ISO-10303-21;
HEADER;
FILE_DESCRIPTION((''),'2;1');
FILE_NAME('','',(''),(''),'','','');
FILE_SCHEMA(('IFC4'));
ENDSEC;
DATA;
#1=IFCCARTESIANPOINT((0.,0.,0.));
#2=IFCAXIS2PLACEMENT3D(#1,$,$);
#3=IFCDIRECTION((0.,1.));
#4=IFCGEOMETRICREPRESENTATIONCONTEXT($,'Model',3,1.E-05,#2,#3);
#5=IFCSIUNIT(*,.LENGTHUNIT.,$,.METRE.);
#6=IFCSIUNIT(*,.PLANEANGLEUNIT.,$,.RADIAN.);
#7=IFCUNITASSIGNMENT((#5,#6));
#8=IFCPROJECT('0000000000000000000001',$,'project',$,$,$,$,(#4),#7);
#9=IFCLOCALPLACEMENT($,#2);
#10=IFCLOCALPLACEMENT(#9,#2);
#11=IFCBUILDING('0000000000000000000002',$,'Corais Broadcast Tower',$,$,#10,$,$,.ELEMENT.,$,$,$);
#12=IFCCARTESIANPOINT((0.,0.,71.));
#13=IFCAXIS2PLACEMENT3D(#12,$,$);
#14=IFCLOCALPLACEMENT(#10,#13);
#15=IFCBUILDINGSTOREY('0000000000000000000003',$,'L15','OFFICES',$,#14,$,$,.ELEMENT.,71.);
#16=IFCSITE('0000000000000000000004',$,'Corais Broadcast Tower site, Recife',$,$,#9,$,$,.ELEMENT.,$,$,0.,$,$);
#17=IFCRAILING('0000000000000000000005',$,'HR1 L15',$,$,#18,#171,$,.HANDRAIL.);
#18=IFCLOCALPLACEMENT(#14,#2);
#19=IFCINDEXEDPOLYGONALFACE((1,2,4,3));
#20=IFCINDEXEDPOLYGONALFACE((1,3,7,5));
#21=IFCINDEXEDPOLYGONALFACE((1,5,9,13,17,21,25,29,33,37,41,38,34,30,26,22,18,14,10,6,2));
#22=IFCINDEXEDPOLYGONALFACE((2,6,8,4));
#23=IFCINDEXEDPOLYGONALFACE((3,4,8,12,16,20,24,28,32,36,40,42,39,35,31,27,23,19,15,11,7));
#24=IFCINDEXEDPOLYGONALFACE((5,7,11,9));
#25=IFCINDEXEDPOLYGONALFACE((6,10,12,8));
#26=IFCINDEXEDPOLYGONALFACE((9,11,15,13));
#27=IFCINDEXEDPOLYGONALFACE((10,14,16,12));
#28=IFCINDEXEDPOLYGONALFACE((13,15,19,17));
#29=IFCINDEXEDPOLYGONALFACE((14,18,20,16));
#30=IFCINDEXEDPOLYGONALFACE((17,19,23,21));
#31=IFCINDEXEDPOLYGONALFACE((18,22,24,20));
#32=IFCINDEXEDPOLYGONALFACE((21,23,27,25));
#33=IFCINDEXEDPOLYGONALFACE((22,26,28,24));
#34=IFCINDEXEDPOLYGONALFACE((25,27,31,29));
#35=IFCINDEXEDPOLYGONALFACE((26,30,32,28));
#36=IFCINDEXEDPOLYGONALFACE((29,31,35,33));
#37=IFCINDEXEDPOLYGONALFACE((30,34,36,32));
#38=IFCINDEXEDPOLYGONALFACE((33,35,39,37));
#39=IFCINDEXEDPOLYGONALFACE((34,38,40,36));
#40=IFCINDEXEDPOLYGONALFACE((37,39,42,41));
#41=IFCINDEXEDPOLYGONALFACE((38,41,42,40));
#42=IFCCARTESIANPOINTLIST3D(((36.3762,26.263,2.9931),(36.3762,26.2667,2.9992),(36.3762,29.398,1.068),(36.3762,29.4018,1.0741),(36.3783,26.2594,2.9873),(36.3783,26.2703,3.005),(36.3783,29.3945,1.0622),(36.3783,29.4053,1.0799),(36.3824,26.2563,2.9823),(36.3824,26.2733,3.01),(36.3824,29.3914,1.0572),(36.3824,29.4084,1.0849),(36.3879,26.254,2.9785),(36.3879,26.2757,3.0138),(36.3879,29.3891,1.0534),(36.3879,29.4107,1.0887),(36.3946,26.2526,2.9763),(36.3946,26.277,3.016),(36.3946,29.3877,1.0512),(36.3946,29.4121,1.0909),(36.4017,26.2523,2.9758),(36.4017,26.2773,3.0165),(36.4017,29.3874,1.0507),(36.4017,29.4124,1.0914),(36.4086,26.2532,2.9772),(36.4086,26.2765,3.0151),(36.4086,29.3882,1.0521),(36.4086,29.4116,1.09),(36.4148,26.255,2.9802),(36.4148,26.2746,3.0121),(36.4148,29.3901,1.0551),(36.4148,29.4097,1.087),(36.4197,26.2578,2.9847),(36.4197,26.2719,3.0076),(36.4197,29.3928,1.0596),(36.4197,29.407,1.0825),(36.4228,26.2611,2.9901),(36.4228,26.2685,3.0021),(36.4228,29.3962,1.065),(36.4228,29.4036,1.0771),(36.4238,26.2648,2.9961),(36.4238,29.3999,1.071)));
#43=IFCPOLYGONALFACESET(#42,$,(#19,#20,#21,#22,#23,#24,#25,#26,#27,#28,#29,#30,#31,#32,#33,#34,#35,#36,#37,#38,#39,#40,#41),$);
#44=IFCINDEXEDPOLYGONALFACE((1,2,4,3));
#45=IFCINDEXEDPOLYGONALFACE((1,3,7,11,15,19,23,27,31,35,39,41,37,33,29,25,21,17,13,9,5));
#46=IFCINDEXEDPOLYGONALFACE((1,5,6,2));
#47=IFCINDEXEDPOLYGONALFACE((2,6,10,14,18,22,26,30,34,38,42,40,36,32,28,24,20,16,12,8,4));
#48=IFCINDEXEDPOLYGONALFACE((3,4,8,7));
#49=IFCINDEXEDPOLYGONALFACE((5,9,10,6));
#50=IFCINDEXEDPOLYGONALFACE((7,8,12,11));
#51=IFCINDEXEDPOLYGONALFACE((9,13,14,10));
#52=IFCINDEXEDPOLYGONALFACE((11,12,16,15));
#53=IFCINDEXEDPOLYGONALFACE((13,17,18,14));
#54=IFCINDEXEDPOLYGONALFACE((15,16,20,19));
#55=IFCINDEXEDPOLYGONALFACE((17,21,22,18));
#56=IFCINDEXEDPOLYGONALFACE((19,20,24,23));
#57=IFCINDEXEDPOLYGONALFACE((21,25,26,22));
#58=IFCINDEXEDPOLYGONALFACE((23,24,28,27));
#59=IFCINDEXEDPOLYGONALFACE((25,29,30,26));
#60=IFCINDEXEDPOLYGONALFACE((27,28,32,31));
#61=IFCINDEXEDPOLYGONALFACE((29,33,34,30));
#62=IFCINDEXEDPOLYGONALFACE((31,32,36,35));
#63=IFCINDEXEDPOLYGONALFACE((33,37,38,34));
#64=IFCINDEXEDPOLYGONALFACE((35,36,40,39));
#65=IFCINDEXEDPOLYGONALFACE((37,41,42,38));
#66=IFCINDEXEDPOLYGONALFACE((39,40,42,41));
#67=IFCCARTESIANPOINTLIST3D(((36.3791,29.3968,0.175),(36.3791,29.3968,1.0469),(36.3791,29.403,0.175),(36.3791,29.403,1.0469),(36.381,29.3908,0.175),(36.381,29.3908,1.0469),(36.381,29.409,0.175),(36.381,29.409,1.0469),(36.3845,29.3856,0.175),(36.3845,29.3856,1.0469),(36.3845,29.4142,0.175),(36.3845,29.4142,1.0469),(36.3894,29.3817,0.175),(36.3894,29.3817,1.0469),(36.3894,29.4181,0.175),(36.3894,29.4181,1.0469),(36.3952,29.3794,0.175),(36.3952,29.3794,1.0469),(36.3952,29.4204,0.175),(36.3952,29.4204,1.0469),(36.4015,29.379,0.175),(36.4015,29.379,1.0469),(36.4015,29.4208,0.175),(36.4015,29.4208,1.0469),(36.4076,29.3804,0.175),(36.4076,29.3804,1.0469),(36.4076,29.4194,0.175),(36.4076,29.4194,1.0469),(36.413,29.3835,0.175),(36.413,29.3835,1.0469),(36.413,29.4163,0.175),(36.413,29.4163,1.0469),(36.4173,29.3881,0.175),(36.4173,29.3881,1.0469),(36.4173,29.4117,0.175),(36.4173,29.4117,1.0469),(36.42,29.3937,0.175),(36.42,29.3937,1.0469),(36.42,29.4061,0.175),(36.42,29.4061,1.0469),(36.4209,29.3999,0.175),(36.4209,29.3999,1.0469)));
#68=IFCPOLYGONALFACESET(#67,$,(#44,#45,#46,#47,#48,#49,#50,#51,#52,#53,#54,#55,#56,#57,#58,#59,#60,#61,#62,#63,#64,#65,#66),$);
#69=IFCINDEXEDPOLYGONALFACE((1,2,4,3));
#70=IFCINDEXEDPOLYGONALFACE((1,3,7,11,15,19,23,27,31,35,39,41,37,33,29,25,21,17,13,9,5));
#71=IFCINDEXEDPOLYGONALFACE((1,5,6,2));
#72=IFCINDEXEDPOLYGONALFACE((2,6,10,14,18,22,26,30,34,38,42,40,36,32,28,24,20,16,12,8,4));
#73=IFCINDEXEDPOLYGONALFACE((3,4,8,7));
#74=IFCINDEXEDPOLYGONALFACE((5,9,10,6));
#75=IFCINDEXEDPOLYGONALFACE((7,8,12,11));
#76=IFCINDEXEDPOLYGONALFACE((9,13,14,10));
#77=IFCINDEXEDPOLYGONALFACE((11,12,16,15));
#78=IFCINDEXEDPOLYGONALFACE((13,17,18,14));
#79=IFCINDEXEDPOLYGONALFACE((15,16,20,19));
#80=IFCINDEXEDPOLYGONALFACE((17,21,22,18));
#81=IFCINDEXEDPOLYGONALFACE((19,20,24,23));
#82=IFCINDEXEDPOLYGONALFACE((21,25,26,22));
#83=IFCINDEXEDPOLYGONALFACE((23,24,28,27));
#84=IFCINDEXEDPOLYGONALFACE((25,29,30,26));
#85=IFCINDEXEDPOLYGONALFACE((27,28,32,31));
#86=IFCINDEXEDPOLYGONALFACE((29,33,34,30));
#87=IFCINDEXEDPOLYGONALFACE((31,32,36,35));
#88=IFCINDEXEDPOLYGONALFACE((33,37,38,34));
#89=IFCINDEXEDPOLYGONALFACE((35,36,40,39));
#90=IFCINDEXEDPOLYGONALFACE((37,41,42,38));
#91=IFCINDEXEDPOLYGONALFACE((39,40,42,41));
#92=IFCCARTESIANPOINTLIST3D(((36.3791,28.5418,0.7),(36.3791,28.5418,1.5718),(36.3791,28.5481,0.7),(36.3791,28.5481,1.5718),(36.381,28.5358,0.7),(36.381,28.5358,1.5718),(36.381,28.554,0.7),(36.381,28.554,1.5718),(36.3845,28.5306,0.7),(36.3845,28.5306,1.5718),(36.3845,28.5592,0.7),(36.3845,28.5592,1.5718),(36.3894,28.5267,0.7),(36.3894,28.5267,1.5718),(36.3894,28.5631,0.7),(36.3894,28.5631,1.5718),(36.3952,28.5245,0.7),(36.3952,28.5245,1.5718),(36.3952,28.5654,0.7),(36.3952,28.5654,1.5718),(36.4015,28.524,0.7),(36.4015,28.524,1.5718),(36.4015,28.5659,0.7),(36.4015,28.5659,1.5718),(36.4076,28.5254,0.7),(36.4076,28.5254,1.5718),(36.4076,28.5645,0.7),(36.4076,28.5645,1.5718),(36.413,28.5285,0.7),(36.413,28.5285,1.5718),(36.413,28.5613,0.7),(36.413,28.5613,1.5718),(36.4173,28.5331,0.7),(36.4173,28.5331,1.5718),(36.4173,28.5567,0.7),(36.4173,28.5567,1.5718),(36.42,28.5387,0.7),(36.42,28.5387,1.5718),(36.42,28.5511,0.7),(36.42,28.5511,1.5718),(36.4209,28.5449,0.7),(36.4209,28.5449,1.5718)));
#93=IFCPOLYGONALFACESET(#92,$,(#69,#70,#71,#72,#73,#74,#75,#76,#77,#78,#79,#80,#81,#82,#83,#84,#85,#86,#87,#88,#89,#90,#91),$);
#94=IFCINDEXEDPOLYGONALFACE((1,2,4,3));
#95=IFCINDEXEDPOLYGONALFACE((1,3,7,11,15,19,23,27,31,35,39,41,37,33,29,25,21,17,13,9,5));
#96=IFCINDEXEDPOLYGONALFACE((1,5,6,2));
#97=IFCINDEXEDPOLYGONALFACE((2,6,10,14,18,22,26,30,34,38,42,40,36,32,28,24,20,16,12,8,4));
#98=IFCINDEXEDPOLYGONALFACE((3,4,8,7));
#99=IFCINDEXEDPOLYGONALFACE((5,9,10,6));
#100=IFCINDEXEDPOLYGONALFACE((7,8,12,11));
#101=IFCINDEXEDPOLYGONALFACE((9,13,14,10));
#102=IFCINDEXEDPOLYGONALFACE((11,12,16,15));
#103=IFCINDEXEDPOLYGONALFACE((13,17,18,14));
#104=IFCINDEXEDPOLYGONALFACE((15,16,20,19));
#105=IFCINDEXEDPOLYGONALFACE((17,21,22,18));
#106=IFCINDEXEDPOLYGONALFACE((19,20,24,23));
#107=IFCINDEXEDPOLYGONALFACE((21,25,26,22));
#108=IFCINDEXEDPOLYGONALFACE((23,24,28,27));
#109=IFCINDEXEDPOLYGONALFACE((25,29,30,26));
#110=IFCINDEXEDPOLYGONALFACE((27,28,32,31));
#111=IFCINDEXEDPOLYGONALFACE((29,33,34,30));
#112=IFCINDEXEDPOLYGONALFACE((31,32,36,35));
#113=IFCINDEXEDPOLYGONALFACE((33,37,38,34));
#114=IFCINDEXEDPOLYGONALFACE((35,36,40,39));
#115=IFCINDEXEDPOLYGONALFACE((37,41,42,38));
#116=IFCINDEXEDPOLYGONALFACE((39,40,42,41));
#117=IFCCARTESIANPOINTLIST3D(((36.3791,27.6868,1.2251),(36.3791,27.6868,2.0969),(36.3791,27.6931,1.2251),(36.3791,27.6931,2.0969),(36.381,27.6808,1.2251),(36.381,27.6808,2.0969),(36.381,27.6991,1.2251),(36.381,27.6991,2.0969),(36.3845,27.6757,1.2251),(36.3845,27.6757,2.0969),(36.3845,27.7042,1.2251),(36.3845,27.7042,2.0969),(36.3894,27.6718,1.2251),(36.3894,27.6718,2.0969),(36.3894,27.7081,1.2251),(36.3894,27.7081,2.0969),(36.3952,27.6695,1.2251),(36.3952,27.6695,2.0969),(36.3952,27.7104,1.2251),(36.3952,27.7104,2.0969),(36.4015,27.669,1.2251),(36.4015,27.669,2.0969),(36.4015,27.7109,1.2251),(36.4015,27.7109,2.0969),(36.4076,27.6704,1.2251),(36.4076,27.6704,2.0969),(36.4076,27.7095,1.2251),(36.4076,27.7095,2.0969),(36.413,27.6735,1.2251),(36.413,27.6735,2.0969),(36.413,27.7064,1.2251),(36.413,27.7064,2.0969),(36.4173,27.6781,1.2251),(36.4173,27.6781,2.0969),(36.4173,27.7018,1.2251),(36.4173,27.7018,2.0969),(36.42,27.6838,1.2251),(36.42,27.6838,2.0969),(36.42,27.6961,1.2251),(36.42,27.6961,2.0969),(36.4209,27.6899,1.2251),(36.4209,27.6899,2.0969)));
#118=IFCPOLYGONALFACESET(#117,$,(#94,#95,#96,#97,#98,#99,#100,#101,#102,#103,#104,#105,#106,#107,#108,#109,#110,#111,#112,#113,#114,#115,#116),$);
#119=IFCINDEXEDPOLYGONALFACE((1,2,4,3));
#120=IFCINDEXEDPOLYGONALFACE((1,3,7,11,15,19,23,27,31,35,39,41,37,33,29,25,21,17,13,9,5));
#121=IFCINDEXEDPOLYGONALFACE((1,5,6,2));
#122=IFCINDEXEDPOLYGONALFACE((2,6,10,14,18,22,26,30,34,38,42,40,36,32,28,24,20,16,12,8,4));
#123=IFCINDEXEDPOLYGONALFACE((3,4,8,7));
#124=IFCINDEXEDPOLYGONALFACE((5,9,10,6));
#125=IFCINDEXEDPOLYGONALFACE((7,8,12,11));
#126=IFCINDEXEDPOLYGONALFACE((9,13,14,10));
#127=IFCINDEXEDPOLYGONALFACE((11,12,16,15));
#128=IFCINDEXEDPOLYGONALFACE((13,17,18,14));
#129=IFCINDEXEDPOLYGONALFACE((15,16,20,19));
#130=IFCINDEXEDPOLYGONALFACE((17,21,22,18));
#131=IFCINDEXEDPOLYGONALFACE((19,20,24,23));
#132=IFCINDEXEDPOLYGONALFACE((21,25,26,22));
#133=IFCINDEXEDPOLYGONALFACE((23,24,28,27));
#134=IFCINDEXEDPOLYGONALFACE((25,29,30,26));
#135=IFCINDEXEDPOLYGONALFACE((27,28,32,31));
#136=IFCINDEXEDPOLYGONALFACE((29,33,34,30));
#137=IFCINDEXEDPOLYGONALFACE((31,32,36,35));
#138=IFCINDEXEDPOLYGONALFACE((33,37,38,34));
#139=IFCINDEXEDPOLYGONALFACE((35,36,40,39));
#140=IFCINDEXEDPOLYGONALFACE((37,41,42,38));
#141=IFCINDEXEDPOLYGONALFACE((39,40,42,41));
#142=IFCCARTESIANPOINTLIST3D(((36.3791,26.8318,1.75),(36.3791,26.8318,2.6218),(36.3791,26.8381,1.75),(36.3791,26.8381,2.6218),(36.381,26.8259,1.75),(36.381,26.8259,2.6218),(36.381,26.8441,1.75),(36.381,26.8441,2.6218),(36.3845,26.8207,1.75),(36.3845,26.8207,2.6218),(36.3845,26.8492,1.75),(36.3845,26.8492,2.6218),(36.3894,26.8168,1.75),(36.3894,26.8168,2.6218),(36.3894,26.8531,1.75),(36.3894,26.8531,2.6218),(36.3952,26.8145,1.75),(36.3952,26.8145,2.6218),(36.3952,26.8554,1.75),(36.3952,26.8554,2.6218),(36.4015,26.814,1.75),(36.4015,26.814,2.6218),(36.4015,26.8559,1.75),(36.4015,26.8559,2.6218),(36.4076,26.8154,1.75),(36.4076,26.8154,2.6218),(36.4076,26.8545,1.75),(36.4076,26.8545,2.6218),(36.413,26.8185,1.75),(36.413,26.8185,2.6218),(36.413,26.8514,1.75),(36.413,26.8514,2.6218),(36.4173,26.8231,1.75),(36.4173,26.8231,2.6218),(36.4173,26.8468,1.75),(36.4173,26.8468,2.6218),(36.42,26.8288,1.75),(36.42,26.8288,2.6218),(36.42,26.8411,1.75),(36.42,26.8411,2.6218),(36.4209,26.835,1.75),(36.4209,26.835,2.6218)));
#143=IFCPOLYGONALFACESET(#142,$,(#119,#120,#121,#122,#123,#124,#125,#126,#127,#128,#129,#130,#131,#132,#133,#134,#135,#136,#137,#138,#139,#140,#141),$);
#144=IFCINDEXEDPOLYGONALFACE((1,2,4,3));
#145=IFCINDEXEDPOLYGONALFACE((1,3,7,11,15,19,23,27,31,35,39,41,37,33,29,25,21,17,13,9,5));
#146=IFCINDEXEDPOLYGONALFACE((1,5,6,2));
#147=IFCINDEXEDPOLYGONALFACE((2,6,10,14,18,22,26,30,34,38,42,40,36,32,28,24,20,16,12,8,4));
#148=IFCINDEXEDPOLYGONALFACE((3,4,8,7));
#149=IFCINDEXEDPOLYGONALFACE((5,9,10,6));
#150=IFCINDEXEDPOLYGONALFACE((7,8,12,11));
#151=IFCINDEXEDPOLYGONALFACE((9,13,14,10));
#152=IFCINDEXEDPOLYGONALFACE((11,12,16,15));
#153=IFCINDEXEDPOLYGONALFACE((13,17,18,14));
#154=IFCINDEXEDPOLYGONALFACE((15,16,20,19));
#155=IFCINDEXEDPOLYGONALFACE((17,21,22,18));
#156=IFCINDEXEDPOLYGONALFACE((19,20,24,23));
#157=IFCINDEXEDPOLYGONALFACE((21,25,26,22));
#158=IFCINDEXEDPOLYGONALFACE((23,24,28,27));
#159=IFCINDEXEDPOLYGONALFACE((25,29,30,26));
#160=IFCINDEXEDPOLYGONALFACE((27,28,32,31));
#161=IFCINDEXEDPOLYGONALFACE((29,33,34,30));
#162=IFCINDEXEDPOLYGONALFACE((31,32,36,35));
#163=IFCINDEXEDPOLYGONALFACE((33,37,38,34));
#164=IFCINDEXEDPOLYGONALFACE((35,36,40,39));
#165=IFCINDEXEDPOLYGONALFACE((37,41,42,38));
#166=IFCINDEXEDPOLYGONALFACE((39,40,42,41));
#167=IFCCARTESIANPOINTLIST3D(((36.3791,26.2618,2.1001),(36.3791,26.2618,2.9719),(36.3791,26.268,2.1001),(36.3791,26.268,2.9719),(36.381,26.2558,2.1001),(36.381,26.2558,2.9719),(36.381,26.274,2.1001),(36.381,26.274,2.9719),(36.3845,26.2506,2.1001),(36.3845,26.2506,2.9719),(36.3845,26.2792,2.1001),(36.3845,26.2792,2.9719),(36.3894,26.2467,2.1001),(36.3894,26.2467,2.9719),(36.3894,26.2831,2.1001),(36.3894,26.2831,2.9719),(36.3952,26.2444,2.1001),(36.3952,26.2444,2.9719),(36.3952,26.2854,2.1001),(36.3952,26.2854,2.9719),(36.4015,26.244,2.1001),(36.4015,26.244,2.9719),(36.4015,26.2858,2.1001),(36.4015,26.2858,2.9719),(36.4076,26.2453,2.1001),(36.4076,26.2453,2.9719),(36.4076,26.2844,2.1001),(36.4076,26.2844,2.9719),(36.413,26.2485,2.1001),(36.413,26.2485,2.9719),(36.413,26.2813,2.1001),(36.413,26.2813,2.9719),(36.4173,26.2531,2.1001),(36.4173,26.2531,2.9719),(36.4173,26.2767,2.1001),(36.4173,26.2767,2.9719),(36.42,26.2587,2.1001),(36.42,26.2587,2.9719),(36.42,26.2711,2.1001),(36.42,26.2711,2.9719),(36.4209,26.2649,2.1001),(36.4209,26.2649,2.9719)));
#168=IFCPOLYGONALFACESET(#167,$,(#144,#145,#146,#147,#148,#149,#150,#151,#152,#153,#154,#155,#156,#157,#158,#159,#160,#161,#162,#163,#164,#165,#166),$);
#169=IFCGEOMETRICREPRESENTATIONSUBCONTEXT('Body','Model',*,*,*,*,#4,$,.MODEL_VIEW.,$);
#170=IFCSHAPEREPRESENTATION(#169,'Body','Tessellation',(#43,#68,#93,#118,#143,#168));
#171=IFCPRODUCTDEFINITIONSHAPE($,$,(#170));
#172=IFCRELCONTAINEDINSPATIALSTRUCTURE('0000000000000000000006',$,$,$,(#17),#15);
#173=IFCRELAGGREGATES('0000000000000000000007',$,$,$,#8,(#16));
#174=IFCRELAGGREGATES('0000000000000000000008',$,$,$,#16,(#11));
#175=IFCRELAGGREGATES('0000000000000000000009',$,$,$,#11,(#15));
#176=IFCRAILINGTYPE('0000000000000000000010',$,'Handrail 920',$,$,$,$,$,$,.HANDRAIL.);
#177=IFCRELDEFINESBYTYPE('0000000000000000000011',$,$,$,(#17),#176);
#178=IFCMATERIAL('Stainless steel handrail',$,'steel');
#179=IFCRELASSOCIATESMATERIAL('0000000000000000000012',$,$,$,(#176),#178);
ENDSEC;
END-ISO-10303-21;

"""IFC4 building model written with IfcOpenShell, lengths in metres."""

from ifc_helpers import new_model, si_unit, direction, frame, origin, origin_2d, place, context, subcontext, project, spatial, circle, extrude, material, type_object, element, save


model = new_model("IFC4")

# Units and contexts
model_context = context("Model", 3, precision=1e-05, world=origin(), true_north=direction((0.0, 1.0)))
body_context = subcontext(model_context, "Body", "Model", "MODEL_VIEW")
ifc_project = project(units=[si_unit("LENGTHUNIT", "METRE"), si_unit("PLANEANGLEUNIT", "RADIAN")], contexts=[model_context])

# Site, building, storey
site_placement = place(None, origin())
site = spatial("IfcSite", under=ifc_project, at=site_placement, Name="Corais Broadcast Tower site, Recife", CompositionType="ELEMENT", RefElevation=0.0)
building_placement = place(site_placement, origin())
building = spatial("IfcBuilding", under=site, at=building_placement, Name="Corais Broadcast Tower", CompositionType="ELEMENT")
storey_placement = place(building_placement, frame((0.0, 0.0, 71.0)))
storey = spatial("IfcBuildingStorey", under=building, at=storey_placement, Name="L15", Description="OFFICES", CompositionType="ELEMENT", Elevation=71.0)

# Railing
ifc_material_1 = material(Name="Stainless steel handrail", Category="steel")
railing_type = type_object("IfcRailingType", Name="Handrail 920", PredefinedType="HANDRAIL", material=ifc_material_1)
for number, where, name in (
    (1, (36.3999, 29.3999, 0.175), "HR1 L15"),
):
    element("IfcRailing", number, at=place(storey_placement, frame(where)), inside=storey, type_object=railing_type, Name=name, PredefinedType="HANDRAIL", context=body_context, shape_type="SweptSolid", body=[
        extrude(circle(Radius=0.0239, at=origin_2d()), frame((0.0, 0.0, 0.896), z_axis=(0.0, -0.852166, 0.523271), x_axis=(1.0, 0.0, 0.0)), (0.0, 0.0, 1.0), 3.679),
        extrude(circle(Radius=0.021, at=origin_2d()), origin(), (0.0, 0.0, 1.0), 0.8718),
        extrude(circle(Radius=0.021, at=origin_2d()), frame((0.0, -0.855, 0.5249)), (0.0, 0.0, 1.0), 0.8718),
        extrude(circle(Radius=0.021, at=origin_2d()), frame((0.0, -1.71, 1.05)), (0.0, 0.0, 1.0), 0.8718),
        extrude(circle(Radius=0.021, at=origin_2d()), frame((0.0, -2.5649, 1.575)), (0.0, 0.0, 1.0), 0.8718),
        extrude(circle(Radius=0.021, at=origin_2d()), frame((0.0, -3.135, 1.925)), (0.0, 0.0, 1.0), 0.8718),
    ])

save(model, "model.ifc")
